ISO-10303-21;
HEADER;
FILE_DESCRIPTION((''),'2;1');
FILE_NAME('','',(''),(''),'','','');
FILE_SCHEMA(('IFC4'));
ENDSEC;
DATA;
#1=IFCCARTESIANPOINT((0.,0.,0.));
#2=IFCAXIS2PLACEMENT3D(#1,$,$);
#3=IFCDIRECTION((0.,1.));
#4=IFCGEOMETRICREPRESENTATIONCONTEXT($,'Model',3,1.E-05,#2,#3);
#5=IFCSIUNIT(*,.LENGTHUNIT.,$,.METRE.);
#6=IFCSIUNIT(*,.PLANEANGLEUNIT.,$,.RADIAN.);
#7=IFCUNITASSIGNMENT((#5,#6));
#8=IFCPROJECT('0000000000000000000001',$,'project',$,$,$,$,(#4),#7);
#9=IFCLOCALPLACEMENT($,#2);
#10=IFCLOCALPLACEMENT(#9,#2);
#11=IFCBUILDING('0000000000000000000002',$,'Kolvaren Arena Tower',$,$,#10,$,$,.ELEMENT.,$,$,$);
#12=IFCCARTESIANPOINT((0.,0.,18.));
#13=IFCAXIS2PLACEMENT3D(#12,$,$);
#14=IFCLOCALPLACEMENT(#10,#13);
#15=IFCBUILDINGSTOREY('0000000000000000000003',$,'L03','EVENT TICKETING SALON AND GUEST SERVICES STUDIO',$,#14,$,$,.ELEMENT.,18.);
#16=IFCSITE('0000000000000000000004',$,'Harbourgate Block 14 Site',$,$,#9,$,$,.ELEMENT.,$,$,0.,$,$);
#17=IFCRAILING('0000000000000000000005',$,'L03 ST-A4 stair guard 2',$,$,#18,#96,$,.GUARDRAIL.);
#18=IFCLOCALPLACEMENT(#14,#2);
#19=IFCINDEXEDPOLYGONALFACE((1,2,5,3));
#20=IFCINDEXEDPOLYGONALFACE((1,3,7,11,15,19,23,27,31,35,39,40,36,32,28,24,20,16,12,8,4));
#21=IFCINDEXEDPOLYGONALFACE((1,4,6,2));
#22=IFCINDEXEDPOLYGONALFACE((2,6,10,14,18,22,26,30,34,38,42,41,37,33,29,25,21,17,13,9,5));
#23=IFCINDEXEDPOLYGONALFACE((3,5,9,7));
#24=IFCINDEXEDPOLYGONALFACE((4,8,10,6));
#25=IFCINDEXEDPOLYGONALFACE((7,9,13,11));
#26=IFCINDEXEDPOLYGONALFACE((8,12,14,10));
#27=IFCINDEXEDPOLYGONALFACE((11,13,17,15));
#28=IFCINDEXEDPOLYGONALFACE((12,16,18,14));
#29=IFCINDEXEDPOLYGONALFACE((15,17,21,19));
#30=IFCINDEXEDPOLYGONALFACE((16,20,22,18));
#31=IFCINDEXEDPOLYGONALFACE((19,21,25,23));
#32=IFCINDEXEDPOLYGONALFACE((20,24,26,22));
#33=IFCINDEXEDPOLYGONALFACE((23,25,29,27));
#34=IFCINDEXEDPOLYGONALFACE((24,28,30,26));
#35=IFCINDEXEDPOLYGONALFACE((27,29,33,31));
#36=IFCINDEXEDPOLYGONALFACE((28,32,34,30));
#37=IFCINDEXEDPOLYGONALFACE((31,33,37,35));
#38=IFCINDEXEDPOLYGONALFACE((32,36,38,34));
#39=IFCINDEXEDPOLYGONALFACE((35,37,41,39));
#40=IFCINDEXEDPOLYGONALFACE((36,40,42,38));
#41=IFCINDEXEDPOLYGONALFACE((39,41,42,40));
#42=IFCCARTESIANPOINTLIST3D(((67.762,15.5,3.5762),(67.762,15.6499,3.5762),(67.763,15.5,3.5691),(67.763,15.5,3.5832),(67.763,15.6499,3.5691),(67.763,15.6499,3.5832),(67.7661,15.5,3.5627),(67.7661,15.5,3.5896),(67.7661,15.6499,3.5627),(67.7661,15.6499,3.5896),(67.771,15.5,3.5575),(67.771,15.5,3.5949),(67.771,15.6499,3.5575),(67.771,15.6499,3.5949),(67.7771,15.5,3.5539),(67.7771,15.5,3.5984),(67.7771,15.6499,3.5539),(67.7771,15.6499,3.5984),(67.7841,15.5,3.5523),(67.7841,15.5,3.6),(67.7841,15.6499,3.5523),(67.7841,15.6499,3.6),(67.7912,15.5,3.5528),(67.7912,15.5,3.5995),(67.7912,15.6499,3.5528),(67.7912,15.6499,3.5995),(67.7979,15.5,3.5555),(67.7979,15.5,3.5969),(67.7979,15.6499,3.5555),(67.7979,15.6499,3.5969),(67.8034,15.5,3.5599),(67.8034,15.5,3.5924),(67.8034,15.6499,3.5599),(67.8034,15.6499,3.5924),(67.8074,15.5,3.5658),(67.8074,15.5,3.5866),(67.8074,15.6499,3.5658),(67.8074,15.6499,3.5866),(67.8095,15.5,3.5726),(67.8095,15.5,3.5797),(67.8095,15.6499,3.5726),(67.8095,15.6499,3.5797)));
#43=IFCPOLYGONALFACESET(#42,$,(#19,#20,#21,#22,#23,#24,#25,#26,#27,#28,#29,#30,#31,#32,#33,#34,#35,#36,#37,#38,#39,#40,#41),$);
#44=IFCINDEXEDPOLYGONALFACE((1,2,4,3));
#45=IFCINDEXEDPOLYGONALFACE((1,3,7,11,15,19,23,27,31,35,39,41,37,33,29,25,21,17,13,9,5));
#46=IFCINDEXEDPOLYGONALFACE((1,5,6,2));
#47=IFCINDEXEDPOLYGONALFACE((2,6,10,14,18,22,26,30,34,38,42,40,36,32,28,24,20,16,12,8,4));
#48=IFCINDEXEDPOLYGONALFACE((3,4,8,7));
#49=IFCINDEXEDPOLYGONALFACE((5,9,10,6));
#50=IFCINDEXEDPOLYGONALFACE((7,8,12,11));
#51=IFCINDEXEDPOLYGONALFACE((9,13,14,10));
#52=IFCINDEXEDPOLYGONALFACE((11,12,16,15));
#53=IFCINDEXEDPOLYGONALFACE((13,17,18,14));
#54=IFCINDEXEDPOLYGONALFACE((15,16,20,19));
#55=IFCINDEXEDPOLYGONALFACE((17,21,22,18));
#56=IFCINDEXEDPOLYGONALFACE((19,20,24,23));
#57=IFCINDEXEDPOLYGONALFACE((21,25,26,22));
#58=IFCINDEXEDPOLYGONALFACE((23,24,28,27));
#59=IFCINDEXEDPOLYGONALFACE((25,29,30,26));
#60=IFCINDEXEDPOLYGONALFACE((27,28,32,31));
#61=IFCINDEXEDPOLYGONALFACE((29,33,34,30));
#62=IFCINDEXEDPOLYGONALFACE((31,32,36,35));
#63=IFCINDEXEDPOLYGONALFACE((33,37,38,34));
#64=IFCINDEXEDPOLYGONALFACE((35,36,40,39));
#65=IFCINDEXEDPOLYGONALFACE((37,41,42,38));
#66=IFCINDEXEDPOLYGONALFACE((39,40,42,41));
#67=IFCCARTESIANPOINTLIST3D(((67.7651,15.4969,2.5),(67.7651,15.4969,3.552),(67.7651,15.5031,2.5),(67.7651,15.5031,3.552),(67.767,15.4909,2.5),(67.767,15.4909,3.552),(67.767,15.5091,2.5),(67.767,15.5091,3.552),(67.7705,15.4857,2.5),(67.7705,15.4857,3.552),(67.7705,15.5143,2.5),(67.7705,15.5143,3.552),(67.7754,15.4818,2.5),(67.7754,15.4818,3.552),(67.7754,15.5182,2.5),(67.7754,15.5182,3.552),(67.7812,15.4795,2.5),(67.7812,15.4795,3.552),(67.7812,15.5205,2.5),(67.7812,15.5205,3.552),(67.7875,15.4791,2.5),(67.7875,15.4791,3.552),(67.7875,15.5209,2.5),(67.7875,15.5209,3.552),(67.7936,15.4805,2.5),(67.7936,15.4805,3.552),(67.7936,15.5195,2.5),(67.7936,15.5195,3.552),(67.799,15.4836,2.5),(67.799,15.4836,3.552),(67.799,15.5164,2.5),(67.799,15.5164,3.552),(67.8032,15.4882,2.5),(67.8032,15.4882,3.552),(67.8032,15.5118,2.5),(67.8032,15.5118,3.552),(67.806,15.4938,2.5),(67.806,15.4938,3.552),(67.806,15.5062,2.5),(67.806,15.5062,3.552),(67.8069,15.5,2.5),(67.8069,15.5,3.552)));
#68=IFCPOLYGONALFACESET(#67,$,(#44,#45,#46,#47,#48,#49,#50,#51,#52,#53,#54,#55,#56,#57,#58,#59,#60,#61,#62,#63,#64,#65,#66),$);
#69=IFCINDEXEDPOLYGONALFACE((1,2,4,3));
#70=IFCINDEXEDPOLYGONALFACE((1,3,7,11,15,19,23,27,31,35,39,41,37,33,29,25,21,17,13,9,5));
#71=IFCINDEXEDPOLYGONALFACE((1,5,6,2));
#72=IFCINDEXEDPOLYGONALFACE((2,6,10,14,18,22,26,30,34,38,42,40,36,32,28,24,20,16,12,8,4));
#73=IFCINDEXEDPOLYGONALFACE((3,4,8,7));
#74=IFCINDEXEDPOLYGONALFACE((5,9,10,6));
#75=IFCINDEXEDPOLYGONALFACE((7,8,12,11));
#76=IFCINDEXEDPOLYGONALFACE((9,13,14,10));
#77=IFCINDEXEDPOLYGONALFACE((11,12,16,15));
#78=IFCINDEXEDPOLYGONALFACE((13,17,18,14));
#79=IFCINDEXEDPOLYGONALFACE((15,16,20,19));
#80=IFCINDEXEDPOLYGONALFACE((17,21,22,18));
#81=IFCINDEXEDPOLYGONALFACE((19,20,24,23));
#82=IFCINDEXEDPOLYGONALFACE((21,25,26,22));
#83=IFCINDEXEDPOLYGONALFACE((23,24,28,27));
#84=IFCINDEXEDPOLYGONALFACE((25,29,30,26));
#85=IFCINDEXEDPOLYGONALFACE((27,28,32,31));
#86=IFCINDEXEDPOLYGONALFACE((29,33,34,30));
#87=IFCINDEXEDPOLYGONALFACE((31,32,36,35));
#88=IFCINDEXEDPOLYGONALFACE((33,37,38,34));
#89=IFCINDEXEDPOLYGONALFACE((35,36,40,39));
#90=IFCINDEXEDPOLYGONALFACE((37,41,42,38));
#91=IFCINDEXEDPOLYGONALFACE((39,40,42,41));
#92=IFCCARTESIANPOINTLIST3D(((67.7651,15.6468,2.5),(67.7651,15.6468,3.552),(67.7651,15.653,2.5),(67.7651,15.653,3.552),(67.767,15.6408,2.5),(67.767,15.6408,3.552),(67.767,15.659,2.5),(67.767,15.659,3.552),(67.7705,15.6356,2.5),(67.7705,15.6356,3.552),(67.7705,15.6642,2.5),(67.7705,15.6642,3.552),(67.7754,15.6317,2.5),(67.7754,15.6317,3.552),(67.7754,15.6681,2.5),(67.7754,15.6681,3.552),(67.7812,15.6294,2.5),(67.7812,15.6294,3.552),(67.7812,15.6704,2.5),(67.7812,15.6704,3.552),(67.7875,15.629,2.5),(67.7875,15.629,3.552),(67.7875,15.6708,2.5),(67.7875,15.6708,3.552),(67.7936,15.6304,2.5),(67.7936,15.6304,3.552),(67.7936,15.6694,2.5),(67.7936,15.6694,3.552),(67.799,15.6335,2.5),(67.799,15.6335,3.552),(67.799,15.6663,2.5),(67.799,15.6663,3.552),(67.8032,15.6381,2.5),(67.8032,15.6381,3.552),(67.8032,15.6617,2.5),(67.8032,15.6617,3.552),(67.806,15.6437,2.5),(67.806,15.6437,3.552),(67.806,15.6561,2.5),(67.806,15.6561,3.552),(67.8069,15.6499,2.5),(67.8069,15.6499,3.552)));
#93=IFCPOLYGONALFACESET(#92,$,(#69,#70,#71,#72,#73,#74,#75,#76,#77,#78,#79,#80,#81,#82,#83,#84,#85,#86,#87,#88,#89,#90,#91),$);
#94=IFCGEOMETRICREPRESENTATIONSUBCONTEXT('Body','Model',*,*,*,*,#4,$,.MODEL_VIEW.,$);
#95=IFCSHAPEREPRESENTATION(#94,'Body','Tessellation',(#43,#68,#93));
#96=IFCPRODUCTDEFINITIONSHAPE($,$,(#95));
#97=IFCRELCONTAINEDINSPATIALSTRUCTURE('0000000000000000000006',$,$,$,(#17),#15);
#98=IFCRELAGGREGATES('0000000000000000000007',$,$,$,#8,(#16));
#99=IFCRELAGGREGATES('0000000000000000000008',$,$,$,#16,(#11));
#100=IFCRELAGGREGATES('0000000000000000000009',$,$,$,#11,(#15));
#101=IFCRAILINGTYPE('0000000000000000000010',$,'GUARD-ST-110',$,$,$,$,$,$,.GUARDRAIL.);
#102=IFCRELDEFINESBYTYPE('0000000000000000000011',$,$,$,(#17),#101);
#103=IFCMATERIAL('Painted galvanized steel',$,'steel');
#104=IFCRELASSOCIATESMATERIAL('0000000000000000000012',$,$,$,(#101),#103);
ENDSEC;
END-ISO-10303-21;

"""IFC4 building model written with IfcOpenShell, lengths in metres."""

from ifc_helpers import new_model, si_unit, direction, frame, origin, origin_2d, place, context, subcontext, project, spatial, circle, extrude, material, type_object, element, save


model = new_model("IFC4")

# Units and contexts
model_context = context("Model", 3, precision=1e-05, world=origin(), true_north=direction((0.0, 1.0)))
body_context = subcontext(model_context, "Body", "Model", "MODEL_VIEW")
ifc_project = project(units=[si_unit("LENGTHUNIT", "METRE"), si_unit("PLANEANGLEUNIT", "RADIAN")], contexts=[model_context])

# Site, building, storey
site_placement = place(None, origin())
site = spatial("IfcSite", under=ifc_project, at=site_placement, Name="Harbourgate Block 14 Site", CompositionType="ELEMENT", RefElevation=0.0)
building_placement = place(site_placement, origin())
building = spatial("IfcBuilding", under=site, at=building_placement, Name="Kolvaren Arena Tower", CompositionType="ELEMENT")
storey_placement = place(building_placement, frame((0.0, 0.0, 18.0)))
storey = spatial("IfcBuildingStorey", under=building, at=storey_placement, Name="L03", Description="EVENT TICKETING SALON AND GUEST SERVICES STUDIO", CompositionType="ELEMENT", Elevation=18.0)

# Railing
ifc_material_1 = material(Name="Painted galvanized steel", Category="steel")
railing_type_1 = type_object("IfcRailingType", Name="GUARD-ST-110", PredefinedType="GUARDRAIL", material=ifc_material_1)
railing_1_placement = place(storey_placement, frame((67.7859, 15.5, 2.5)))
element("IfcRailing", 1, at=railing_1_placement, inside=storey, type_object=railing_type_1, Name="L03 ST-A4 stair guard 2", PredefinedType="GUARDRAIL", context=body_context, shape_type="SweptSolid", body=[
    extrude(circle(Radius=0.0239, at=origin_2d()), frame((0.0, 0.0, 1.0762), z_axis=(0.0, 1.0, 0.0), x_axis=(-1.0, 0.0, 0.0)), (0.0, 0.0, 1.0), 0.1499),
    extrude(circle(Radius=0.021, at=origin_2d()), origin(), (0.0, 0.0, 1.0), 1.052),
    extrude(circle(Radius=0.021, at=origin_2d()), frame((0.0, 0.1499, 0.0)), (0.0, 0.0, 1.0), 1.052),
])

save(model, "model.ifc")
